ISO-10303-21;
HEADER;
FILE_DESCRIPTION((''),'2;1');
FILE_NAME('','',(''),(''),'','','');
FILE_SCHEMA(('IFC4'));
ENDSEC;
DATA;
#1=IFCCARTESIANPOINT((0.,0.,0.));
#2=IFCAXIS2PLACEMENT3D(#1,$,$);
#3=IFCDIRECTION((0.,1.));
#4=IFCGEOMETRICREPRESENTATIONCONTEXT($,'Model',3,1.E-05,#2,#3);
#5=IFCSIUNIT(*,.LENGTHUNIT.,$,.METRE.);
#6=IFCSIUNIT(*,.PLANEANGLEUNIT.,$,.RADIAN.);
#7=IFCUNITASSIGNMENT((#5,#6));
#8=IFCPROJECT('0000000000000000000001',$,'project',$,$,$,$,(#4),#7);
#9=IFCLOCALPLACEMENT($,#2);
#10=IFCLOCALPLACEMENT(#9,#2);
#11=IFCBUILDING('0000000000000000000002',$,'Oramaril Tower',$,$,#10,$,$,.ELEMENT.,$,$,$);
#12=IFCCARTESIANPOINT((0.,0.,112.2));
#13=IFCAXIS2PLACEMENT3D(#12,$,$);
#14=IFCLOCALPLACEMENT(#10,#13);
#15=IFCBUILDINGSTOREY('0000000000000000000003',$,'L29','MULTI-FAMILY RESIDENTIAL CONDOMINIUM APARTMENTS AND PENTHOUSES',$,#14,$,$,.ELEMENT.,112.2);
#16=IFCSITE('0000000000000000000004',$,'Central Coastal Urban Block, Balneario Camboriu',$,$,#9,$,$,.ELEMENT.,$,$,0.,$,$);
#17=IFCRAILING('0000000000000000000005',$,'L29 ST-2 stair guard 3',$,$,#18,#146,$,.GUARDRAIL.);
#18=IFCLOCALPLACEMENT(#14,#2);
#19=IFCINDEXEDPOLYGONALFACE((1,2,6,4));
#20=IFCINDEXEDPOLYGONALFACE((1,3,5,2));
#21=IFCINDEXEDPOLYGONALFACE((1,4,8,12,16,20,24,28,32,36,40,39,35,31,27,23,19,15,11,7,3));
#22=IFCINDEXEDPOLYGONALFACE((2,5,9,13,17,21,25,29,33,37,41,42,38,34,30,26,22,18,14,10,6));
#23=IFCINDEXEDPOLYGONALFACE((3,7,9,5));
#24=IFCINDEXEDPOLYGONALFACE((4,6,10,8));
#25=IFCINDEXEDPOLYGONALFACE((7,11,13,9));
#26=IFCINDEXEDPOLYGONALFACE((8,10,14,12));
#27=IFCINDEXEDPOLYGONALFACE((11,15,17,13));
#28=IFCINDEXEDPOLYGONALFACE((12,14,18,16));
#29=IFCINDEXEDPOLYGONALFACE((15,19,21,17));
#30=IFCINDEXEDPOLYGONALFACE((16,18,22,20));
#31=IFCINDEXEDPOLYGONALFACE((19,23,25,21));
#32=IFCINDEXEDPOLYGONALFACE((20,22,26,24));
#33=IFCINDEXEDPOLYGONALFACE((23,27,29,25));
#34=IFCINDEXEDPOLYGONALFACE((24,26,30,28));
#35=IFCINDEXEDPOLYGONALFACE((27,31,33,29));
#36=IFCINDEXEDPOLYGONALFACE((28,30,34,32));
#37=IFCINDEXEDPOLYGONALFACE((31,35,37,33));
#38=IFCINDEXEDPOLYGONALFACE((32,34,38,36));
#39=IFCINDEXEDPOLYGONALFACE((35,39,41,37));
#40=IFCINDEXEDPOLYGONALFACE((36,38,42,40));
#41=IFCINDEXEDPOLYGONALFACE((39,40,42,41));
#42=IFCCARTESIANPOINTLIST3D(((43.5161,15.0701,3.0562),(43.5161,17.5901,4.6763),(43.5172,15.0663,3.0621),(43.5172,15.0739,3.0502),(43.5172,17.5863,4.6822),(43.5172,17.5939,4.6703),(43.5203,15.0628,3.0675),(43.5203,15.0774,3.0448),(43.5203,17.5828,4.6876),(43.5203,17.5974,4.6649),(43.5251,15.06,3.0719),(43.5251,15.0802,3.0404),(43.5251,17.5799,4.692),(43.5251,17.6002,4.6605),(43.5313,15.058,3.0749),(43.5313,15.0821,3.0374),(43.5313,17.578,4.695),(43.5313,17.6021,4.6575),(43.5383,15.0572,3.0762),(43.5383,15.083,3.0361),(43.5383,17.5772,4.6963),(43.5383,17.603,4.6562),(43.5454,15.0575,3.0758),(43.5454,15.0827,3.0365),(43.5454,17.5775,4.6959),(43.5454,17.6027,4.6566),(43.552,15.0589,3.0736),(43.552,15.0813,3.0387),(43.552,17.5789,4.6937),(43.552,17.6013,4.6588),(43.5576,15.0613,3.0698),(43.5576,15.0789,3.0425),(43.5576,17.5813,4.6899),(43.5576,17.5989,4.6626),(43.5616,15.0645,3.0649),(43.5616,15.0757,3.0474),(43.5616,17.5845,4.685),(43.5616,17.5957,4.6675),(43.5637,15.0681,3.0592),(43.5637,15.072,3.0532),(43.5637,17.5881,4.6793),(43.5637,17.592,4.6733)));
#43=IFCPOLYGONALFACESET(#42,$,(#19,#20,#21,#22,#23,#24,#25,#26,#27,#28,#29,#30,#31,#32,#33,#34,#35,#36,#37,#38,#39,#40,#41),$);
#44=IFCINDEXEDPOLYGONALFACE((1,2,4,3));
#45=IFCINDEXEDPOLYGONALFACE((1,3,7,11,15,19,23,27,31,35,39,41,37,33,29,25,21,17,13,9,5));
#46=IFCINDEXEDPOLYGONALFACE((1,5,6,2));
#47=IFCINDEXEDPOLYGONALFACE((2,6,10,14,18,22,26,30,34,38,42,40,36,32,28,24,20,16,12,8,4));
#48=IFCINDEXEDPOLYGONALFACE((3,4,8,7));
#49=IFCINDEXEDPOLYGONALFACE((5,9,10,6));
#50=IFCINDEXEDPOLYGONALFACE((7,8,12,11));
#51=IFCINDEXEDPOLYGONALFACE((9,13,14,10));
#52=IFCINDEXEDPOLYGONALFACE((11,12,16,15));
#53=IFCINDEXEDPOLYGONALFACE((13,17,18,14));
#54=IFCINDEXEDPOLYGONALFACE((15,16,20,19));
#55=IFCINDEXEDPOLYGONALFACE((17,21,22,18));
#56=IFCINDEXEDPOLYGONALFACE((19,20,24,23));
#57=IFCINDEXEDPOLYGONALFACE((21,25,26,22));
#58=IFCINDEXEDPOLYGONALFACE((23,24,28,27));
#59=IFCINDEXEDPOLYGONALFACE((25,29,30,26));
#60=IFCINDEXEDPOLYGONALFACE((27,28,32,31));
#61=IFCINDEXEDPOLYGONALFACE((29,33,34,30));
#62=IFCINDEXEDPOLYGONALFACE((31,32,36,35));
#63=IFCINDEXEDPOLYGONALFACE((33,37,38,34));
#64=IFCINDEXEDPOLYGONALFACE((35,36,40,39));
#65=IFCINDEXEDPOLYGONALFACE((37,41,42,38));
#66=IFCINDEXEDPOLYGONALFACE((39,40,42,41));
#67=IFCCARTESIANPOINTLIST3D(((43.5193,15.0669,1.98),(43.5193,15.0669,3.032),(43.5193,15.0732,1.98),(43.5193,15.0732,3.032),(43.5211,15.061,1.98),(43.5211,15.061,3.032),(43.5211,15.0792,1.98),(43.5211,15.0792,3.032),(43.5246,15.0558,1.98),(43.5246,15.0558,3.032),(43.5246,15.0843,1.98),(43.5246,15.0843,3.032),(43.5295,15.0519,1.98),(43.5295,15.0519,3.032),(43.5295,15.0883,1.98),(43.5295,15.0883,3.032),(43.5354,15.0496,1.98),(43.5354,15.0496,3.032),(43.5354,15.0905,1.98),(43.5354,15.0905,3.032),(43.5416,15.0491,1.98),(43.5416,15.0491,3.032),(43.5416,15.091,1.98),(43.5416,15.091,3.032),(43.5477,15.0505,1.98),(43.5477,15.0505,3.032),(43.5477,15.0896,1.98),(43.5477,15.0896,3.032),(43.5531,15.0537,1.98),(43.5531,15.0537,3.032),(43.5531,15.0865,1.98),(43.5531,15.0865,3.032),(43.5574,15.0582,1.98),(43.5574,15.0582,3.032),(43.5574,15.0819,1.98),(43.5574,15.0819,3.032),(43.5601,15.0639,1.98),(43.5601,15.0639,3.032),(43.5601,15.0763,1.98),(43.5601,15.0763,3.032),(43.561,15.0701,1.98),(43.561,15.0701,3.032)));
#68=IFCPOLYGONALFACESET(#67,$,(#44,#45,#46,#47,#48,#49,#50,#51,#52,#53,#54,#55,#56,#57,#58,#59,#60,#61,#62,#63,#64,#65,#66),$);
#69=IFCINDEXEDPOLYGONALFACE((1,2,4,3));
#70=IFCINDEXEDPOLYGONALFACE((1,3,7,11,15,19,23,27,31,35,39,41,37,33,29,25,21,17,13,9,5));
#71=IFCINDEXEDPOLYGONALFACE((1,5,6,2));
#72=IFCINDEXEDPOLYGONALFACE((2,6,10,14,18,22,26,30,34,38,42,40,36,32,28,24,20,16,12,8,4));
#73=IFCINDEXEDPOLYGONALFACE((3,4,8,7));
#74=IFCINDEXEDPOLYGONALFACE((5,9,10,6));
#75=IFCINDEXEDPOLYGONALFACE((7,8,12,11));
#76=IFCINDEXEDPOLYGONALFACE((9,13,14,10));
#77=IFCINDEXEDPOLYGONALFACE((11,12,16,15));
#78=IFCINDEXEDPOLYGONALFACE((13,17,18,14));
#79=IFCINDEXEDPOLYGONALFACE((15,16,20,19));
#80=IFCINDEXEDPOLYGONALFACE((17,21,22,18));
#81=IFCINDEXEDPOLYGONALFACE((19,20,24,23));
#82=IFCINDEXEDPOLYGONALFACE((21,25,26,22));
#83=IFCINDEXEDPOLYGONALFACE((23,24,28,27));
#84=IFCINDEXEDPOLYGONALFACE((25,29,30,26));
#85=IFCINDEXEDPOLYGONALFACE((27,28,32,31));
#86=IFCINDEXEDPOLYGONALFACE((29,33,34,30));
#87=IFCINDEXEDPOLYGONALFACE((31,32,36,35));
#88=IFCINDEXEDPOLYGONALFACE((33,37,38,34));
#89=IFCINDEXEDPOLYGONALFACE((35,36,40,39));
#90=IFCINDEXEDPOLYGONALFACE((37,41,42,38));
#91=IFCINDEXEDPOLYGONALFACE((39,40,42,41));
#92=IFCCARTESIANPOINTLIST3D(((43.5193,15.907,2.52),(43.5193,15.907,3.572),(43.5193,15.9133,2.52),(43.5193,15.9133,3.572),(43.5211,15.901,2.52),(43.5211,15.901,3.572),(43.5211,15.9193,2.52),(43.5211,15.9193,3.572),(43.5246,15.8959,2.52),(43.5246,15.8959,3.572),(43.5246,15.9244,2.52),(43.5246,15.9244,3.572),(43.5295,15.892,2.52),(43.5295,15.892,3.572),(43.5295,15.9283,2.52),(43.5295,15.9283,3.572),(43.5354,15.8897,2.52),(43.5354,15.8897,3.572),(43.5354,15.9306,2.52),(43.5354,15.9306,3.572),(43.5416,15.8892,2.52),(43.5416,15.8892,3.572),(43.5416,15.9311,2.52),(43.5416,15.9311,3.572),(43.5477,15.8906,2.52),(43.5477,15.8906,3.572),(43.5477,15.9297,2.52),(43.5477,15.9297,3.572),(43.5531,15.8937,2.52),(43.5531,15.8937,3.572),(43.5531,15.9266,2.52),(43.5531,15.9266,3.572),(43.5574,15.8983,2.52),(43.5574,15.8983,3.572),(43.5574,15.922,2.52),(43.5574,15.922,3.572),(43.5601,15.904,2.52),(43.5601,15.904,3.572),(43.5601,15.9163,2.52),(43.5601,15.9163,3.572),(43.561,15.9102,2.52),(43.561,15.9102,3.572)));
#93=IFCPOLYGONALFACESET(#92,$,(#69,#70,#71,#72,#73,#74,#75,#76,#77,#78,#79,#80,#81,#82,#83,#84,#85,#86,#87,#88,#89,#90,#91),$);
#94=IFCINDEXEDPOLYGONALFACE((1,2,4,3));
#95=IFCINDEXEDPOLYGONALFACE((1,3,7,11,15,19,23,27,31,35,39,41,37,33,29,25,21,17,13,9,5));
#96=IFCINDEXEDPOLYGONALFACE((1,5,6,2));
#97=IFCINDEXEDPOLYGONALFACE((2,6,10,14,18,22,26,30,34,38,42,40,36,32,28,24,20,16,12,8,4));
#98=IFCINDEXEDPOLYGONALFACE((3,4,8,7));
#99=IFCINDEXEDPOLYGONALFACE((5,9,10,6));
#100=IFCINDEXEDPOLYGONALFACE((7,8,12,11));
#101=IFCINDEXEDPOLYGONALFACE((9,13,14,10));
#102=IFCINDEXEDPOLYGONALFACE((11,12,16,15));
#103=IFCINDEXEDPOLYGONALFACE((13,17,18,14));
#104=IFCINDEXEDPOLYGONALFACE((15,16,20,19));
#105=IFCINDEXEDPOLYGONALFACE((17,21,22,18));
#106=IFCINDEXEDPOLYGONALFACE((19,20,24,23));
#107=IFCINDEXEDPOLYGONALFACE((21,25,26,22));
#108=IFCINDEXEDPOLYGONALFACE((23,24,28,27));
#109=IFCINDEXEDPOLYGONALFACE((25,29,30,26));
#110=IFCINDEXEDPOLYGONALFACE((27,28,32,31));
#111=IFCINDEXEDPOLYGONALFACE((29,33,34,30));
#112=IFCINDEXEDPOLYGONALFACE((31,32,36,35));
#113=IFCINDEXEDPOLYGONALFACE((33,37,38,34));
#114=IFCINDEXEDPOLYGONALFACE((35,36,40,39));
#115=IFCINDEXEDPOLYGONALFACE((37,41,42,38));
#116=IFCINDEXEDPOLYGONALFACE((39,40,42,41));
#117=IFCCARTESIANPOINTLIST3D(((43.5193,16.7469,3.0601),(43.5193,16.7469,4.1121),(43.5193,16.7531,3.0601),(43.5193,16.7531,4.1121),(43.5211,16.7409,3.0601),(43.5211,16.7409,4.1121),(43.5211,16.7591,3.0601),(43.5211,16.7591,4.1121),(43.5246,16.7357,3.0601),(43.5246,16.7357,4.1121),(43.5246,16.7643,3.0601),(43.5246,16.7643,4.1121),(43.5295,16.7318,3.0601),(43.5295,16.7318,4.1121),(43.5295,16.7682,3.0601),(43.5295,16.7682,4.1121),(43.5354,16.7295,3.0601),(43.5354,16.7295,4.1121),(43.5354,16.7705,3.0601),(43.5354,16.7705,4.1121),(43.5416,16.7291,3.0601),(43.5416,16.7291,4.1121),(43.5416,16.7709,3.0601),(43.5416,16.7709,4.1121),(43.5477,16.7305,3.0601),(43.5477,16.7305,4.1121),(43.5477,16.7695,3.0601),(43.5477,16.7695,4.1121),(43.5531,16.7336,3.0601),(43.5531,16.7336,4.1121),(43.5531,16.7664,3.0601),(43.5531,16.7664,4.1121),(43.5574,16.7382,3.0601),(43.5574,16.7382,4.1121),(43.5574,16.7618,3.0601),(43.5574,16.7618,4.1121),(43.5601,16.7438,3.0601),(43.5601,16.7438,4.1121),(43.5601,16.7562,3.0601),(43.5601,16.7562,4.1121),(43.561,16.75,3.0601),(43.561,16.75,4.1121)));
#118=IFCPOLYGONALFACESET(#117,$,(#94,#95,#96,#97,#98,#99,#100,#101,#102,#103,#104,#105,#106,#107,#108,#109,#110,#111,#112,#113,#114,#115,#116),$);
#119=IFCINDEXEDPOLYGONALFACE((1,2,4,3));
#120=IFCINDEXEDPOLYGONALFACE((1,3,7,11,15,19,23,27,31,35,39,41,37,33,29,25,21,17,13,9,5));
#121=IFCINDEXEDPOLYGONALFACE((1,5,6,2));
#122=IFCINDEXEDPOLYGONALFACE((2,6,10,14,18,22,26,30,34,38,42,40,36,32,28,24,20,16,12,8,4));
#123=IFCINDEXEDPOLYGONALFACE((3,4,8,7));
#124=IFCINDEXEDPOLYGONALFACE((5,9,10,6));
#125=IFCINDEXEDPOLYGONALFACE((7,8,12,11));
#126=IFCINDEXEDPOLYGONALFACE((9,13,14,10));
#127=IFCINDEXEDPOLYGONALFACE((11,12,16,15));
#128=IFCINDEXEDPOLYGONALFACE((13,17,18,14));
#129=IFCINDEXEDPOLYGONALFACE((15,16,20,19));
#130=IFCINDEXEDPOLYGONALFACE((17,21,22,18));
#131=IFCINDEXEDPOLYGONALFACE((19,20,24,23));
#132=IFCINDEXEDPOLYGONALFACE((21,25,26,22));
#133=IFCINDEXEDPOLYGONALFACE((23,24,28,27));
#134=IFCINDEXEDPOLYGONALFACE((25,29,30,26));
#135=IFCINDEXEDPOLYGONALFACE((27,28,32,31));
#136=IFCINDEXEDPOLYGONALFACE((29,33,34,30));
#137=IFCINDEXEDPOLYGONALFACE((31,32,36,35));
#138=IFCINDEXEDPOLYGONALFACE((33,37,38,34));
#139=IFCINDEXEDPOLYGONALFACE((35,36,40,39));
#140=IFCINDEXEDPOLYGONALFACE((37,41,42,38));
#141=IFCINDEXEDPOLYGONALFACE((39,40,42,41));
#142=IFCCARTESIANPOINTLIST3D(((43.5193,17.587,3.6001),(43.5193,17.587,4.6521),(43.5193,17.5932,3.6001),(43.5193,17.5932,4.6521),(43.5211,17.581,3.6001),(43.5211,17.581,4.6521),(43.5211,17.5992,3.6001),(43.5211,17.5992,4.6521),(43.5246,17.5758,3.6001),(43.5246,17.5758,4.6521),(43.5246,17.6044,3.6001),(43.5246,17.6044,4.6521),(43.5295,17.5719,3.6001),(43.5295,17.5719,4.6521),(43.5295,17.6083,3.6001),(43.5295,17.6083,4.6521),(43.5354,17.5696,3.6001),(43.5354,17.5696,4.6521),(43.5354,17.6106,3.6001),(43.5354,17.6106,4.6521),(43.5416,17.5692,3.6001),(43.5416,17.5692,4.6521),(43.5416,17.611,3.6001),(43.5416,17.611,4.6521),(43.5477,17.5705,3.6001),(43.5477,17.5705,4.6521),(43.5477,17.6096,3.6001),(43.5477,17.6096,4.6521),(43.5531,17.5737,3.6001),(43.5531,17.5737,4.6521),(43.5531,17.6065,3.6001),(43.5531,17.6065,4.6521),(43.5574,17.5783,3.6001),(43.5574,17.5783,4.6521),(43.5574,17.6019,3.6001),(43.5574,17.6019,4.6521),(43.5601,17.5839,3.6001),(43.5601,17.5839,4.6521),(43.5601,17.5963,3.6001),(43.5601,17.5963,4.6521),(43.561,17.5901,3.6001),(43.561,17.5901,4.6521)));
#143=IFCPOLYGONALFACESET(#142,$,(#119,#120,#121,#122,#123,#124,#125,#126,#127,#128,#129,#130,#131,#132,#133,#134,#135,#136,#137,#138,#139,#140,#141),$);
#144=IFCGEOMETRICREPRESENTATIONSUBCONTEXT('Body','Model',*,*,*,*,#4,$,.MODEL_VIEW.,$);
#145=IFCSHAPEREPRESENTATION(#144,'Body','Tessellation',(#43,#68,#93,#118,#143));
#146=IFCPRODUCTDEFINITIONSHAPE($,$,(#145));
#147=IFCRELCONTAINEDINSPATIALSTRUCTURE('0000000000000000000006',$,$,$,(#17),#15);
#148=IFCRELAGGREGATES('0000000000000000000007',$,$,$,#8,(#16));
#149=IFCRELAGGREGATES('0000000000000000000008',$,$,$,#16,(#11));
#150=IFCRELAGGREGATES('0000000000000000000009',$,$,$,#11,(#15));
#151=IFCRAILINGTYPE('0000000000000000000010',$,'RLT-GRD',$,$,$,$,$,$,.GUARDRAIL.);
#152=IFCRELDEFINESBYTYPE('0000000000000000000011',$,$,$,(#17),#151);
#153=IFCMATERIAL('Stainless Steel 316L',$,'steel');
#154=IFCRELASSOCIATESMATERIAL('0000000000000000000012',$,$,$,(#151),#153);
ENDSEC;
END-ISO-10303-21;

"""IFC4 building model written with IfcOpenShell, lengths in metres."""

from ifc_helpers import new_model, si_unit, direction, frame, origin, origin_2d, place, context, subcontext, project, spatial, circle, extrude, material, type_object, element, save


model = new_model("IFC4")

# Units and contexts
model_context = context("Model", 3, precision=1e-05, world=origin(), true_north=direction((0.0, 1.0)))
body_context = subcontext(model_context, "Body", "Model", "MODEL_VIEW")
ifc_project = project(units=[si_unit("LENGTHUNIT", "METRE"), si_unit("PLANEANGLEUNIT", "RADIAN")], contexts=[model_context])

# Site, building, storey
site_placement = place(None, origin())
site = spatial("IfcSite", under=ifc_project, at=site_placement, Name="Central Coastal Urban Block, Balneario Camboriu", CompositionType="ELEMENT", RefElevation=0.0)
building_placement = place(site_placement, origin())
building = spatial("IfcBuilding", under=site, at=building_placement, Name="Oramaril Tower", CompositionType="ELEMENT")
storey_placement = place(building_placement, frame((0.0, 0.0, 112.2)))
storey = spatial("IfcBuildingStorey", under=building, at=storey_placement, Name="L29", Description="MULTI-FAMILY RESIDENTIAL CONDOMINIUM APARTMENTS AND PENTHOUSES", CompositionType="ELEMENT", Elevation=112.2)

# Railing
ifc_material_1 = material(Name="Stainless Steel 316L", Category="steel")
railing_type_1 = type_object("IfcRailingType", Name="RLT-GRD", PredefinedType="GUARDRAIL", material=ifc_material_1)
railing_1_placement = place(storey_placement, frame((43.54, 15.0701, 1.98)))
element("IfcRailing", 1, at=railing_1_placement, inside=storey, type_object=railing_type_1, Name="L29 ST-2 stair guard 3", PredefinedType="GUARDRAIL", context=body_context, shape_type="SweptSolid", body=[
    extrude(circle(Radius=0.0239, at=origin_2d()), frame((0.0, 0.0, 1.0762), z_axis=(0.0, 0.841163, 0.540782), x_axis=(-1.0, 0.0, 0.0)), (0.0, 0.0, 1.0), 2.9958),
    extrude(circle(Radius=0.021, at=origin_2d()), origin(), (0.0, 0.0, 1.0), 1.052),
    extrude(circle(Radius=0.021, at=origin_2d()), frame((0.0, 0.8401, 0.54)), (0.0, 0.0, 1.0), 1.052),
    extrude(circle(Radius=0.021, at=origin_2d()), frame((0.0, 1.6799, 1.0801)), (0.0, 0.0, 1.0), 1.052),
    extrude(circle(Radius=0.021, at=origin_2d()), frame((0.0, 2.52, 1.6201)), (0.0, 0.0, 1.0), 1.052),
])

save(model, "model.ifc")
